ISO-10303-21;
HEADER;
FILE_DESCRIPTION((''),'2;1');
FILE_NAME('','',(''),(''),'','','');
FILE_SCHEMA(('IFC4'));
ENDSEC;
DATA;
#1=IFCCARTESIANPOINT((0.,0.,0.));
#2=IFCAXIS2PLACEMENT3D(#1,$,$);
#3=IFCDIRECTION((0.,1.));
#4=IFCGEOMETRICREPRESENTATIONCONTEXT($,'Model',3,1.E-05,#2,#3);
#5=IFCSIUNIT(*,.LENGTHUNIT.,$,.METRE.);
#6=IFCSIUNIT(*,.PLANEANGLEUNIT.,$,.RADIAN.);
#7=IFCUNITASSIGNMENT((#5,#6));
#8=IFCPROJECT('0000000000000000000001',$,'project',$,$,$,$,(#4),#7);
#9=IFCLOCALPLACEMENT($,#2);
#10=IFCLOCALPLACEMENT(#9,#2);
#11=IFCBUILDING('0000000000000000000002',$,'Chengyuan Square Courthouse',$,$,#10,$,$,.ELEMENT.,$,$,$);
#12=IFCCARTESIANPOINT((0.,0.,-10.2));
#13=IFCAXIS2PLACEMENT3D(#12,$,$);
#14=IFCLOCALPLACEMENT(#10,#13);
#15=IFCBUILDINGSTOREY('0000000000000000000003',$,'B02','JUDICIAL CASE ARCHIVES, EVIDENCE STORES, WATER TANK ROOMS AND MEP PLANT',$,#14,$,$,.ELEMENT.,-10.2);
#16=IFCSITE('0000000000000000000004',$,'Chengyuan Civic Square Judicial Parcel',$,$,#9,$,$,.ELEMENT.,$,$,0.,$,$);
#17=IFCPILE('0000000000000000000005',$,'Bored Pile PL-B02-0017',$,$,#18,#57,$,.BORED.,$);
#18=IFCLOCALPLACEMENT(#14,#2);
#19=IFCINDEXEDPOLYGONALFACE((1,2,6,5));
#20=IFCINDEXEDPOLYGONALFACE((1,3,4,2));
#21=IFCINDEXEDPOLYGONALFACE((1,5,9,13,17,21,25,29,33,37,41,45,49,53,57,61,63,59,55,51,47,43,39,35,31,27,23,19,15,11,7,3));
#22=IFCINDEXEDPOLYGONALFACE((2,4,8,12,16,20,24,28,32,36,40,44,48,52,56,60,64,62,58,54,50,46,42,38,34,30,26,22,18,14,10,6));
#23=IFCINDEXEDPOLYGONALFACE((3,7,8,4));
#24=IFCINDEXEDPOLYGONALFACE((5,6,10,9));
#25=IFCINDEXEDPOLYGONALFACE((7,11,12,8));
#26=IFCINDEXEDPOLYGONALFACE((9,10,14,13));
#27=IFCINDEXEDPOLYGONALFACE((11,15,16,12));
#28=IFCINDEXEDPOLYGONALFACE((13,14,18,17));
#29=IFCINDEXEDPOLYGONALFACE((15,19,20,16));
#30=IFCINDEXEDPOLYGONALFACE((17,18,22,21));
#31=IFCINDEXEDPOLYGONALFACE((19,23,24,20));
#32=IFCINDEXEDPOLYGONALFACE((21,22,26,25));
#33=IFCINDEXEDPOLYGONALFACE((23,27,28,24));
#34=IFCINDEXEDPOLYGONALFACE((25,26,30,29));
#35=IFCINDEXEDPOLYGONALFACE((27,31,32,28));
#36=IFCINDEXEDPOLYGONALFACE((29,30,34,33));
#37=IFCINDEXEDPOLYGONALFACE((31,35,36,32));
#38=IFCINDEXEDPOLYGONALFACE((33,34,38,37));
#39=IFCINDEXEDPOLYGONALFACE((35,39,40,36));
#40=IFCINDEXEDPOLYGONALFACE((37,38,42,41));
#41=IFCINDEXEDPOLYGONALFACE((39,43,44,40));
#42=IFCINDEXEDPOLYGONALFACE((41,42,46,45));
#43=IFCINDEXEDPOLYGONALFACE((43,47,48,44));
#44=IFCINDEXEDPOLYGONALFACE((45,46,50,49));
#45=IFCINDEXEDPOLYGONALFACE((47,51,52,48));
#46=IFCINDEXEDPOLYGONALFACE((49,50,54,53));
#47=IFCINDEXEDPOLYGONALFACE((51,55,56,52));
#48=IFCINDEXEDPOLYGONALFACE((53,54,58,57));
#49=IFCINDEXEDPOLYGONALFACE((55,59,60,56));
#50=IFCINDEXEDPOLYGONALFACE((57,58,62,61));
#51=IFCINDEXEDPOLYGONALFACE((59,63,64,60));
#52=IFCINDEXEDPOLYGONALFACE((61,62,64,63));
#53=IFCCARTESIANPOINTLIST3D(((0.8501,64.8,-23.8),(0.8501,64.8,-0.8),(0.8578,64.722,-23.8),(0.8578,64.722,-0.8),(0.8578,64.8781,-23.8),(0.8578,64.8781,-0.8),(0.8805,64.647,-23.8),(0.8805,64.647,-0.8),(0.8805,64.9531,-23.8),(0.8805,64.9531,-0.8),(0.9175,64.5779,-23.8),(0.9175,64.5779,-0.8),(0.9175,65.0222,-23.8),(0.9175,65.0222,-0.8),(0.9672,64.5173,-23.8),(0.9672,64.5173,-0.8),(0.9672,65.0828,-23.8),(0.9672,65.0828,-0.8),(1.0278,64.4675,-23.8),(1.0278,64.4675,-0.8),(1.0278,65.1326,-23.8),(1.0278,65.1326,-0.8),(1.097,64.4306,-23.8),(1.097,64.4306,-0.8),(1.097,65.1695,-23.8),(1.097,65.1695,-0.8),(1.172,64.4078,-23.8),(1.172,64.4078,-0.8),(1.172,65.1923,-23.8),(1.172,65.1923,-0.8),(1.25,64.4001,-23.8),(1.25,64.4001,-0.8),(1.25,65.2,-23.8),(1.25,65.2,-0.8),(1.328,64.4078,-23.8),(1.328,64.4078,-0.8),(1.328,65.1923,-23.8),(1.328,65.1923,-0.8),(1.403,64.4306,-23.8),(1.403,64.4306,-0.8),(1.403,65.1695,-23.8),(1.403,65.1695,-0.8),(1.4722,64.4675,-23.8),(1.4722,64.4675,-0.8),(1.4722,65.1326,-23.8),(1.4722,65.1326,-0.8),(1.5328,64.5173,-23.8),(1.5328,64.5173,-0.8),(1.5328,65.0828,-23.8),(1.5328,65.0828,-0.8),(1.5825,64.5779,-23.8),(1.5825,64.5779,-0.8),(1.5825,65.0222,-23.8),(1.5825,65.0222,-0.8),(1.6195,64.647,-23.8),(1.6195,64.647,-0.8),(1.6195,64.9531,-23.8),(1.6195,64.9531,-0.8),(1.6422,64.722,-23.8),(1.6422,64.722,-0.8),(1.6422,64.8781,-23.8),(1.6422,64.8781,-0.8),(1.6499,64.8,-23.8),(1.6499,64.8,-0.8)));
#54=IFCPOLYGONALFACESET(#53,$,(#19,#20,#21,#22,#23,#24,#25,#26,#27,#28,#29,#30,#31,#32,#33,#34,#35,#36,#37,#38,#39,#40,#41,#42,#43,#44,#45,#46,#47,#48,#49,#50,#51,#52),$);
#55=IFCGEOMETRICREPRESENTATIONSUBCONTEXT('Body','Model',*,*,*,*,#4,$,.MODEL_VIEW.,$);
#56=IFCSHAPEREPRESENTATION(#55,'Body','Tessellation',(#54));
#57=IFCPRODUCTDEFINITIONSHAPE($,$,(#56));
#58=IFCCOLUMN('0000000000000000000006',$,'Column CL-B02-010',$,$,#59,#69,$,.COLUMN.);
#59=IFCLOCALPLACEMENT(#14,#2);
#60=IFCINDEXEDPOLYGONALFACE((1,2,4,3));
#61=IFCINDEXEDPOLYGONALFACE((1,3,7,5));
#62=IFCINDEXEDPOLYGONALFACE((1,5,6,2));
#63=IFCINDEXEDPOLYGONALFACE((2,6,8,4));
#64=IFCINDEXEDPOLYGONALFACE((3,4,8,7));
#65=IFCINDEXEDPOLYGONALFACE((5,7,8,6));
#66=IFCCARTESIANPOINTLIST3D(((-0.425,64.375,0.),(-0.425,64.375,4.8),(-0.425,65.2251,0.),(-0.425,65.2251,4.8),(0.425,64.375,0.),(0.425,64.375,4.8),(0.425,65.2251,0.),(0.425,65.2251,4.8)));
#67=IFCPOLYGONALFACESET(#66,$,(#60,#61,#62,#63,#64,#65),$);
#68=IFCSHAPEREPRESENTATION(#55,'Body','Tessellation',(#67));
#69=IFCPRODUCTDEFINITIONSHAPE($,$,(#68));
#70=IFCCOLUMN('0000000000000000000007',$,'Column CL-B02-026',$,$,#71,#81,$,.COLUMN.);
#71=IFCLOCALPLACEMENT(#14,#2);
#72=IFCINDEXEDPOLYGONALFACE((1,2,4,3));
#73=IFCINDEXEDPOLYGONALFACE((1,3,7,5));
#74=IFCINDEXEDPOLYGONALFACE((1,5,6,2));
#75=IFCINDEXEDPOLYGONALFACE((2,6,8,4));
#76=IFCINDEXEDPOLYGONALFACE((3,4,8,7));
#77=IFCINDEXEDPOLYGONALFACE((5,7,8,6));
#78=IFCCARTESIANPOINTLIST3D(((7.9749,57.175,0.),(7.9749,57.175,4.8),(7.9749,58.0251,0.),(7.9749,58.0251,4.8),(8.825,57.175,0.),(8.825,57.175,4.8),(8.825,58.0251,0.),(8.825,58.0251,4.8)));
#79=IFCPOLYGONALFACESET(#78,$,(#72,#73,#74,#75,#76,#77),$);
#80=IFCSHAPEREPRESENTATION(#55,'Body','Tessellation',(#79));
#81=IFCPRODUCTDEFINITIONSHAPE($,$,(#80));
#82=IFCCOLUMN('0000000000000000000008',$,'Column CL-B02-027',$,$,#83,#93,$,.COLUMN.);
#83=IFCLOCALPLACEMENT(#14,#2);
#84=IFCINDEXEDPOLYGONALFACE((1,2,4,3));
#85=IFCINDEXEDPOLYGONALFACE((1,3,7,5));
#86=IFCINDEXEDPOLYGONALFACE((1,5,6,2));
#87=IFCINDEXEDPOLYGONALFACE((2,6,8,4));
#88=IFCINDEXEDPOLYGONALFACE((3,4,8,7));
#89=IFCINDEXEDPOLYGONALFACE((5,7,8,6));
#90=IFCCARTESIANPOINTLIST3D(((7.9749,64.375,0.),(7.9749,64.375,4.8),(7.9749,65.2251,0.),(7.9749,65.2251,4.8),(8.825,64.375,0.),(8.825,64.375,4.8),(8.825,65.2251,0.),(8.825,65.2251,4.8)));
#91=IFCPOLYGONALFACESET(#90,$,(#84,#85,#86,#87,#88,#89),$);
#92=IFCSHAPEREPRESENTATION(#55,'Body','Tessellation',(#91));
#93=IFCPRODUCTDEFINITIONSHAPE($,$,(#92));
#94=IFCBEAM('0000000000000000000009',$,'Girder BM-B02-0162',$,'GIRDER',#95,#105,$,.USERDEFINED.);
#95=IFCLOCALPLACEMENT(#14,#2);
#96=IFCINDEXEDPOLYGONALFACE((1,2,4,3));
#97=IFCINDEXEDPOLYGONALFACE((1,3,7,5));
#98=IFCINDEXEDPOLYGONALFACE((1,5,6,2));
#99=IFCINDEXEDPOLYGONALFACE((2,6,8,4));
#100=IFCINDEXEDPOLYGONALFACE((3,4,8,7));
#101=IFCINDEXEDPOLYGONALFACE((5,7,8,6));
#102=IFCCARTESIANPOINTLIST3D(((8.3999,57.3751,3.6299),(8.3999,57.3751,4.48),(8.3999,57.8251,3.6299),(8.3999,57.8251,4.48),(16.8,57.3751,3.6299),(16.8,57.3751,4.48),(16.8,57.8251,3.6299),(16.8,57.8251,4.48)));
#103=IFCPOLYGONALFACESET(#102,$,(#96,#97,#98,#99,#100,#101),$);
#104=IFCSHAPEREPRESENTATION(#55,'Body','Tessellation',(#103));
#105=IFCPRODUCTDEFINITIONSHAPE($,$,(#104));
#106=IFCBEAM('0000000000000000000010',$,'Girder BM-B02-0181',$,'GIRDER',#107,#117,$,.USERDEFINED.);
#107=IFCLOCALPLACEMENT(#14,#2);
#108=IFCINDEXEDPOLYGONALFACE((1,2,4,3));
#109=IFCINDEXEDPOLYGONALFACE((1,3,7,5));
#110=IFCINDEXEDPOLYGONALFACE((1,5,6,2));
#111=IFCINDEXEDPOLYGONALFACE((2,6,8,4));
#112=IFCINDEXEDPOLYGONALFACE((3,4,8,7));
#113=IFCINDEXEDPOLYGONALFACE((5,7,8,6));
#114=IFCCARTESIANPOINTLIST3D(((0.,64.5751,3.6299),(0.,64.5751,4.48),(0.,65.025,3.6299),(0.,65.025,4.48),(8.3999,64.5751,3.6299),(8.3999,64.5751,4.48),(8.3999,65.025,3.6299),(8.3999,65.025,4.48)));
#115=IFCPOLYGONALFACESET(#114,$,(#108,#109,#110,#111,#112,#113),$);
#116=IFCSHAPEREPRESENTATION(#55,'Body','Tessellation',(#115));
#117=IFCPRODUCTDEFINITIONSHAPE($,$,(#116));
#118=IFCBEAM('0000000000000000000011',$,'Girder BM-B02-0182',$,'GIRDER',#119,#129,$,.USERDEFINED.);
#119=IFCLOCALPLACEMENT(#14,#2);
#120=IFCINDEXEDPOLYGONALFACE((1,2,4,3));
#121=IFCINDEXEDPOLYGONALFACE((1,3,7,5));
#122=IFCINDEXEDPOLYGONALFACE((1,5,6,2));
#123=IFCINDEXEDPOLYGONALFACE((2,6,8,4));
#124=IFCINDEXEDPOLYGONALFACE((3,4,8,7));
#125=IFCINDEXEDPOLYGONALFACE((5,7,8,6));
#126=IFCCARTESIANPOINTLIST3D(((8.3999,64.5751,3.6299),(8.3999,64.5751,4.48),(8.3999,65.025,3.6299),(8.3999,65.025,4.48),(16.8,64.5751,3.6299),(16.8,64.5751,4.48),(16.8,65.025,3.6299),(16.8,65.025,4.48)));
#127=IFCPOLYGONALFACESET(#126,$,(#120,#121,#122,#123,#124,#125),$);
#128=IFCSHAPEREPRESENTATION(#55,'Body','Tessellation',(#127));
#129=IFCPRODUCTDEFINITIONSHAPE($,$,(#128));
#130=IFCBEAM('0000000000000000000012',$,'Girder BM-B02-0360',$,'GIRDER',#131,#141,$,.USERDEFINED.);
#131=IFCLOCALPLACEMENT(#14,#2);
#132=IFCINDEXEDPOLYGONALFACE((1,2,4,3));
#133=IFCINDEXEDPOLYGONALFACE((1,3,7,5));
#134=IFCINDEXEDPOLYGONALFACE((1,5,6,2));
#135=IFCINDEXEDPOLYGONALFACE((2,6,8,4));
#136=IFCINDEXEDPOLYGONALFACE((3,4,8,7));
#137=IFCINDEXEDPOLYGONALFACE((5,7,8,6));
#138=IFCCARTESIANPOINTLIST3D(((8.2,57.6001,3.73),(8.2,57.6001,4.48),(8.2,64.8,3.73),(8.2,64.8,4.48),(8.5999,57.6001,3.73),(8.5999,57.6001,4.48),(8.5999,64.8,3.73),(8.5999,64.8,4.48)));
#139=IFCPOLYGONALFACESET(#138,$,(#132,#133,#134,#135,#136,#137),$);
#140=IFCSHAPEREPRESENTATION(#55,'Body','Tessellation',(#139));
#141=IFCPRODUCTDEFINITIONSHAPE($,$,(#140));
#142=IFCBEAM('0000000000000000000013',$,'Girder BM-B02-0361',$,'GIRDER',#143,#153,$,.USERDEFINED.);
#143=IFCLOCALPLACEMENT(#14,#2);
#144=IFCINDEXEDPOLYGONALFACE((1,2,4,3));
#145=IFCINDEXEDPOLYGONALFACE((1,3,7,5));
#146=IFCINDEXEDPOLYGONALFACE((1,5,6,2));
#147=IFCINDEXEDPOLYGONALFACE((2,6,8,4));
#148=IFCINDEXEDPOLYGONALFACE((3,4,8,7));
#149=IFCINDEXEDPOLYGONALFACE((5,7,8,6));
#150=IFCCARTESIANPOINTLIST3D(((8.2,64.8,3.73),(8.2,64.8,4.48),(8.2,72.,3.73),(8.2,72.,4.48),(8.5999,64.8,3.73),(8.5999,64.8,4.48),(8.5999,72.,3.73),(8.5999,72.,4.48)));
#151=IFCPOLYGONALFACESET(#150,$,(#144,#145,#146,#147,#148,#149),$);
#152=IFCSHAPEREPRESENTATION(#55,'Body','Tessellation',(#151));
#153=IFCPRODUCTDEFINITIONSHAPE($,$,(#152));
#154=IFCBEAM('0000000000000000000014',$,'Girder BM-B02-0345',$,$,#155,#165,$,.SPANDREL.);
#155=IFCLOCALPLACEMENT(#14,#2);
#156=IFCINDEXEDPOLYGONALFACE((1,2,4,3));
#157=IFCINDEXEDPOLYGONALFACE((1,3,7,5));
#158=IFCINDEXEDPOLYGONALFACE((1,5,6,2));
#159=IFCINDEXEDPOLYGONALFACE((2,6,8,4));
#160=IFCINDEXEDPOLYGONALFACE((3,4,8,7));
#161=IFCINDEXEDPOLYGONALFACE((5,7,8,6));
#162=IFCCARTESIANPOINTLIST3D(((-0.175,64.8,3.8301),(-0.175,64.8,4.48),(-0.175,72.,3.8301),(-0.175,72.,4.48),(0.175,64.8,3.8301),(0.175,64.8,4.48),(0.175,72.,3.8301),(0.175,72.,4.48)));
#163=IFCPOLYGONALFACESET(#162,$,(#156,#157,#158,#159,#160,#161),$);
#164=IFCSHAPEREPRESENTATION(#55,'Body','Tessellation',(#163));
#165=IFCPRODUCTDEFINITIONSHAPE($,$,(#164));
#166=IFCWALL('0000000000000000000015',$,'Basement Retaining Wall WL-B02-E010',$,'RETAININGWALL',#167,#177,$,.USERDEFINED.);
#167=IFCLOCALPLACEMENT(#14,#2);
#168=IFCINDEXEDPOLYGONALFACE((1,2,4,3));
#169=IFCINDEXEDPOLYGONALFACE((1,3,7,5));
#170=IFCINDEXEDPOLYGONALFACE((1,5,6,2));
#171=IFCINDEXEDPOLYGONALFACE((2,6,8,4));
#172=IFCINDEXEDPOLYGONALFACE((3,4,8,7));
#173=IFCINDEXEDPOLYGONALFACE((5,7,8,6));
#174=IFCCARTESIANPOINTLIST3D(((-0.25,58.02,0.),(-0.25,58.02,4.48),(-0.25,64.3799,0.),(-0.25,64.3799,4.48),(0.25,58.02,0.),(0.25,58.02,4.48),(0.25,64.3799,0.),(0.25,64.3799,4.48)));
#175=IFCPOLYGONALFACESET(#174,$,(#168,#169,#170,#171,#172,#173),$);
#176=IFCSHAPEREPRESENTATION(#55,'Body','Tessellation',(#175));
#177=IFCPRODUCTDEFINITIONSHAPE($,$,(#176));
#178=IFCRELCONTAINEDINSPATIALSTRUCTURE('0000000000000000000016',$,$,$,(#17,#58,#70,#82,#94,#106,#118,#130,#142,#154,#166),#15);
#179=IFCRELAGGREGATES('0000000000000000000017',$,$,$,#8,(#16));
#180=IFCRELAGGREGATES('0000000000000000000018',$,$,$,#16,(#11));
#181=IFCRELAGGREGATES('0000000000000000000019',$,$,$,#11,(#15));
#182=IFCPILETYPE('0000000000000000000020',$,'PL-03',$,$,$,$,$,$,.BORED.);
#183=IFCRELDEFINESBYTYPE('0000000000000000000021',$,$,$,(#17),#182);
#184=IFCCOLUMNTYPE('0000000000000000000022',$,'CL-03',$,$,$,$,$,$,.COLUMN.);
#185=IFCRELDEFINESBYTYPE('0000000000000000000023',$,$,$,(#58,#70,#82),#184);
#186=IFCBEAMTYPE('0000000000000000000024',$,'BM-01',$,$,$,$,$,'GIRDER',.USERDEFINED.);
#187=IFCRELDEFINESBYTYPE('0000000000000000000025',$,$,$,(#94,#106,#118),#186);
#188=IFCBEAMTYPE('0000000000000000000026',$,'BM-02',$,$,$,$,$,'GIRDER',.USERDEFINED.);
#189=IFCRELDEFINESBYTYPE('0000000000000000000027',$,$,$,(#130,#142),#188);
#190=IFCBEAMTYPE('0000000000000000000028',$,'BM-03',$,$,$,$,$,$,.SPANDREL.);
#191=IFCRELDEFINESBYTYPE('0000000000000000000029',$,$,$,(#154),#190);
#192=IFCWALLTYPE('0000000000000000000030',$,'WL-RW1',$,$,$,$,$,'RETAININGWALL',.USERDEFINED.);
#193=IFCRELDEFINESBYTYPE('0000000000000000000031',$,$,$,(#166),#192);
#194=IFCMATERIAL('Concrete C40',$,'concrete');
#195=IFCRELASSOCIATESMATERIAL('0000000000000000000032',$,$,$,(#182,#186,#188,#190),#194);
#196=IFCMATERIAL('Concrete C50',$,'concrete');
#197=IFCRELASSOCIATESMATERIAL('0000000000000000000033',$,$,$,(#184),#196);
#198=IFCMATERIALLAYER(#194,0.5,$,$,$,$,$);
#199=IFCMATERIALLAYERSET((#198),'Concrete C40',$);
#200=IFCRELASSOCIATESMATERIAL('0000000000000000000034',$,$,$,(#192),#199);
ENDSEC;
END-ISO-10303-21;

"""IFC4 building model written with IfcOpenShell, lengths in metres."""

from ifc_helpers import new_model, si_unit, direction, frame, frame_2d, origin, origin_2d, place, context, subcontext, project, spatial, rectangle, circle, extrude, material, layer, layer_set, material_profile, profile_set, type_object, element, save


model = new_model("IFC4")

# Units and contexts
model_context = context("Model", 3, precision=1e-05, world=origin(), true_north=direction((0.0, 1.0)))
body_context = subcontext(model_context, "Body", "Model", "MODEL_VIEW")
ifc_project = project(units=[si_unit("LENGTHUNIT", "METRE"), si_unit("PLANEANGLEUNIT", "RADIAN")], contexts=[model_context])

# Site, building, storey
site_placement = place(None, origin())
site = spatial("IfcSite", under=ifc_project, at=site_placement, Name="Chengyuan Civic Square Judicial Parcel", CompositionType="ELEMENT", RefElevation=0.0)
building_placement = place(site_placement, origin())
building = spatial("IfcBuilding", under=site, at=building_placement, Name="Chengyuan Square Courthouse", CompositionType="ELEMENT")
storey_placement = place(building_placement, frame((0.0, 0.0, -10.2)))
storey = spatial("IfcBuildingStorey", under=building, at=storey_placement, Name="B02", Description="JUDICIAL CASE ARCHIVES, EVIDENCE STORES, WATER TANK ROOMS AND MEP PLANT", CompositionType="ELEMENT", Elevation=-10.2)

# Shared definitions
ifc_material_1 = material(Name="Concrete C40", Category="concrete")

# Pile
ifc_material_profile_1 = material_profile(ifc_material_1, circle(Radius=0.3999, at=origin_2d()), Name="BORED PILE D800")
ifc_profile_set_1 = profile_set([ifc_material_profile_1], Name="Concrete C40")
pile_type_1 = type_object("IfcPileType", Name="PL-03", PredefinedType="BORED", material=ifc_profile_set_1)
for number, where, z_axis, x_axis, name in (
    (1, (1.25, 64.8, -0.8), (0.0, 0.0, -1.0), (1.0, 0.0, 0.0), "Bored Pile PL-B02-0017"),
):
    element("IfcPile", number, at=place(storey_placement, frame(where, z_axis=z_axis, x_axis=x_axis)), inside=storey, type_object=pile_type_1, Name=name, PredefinedType="BORED", context=body_context, shape_type="SweptSolid", body=[
        extrude(circle(Radius=0.3999, at=origin_2d()), origin(), (0.0, 0.0, 1.0), 23.0),
    ])

# Columns
ifc_material_2 = material(Name="Concrete C50", Category="concrete")
ifc_material_profile_2 = material_profile(ifc_material_2, rectangle(XDim=0.8501, YDim=0.8501, at=origin_2d()), Name="RC-COL-850x850")
ifc_profile_set_2 = profile_set([ifc_material_profile_2], Name="Concrete C50")
column_type = type_object("IfcColumnType", Name="CL-03", PredefinedType="COLUMN", material=ifc_profile_set_2)
for number, where, z_axis, x_axis, name in (
    (2, (0.0, 64.8, 0.0), (0.0, 0.0, 1.0), (1.0, 0.0, 0.0), "Column CL-B02-010"),
    (3, (8.3999, 57.6001, 0.0), (0.0, 0.0, 1.0), (1.0, 0.0, 0.0), "Column CL-B02-026"),
    (4, (8.3999, 64.8, 0.0), (0.0, 0.0, 1.0), (1.0, 0.0, 0.0), "Column CL-B02-027"),
):
    element("IfcColumn", number, at=place(storey_placement, frame(where, z_axis=z_axis, x_axis=x_axis)), inside=storey, type_object=column_type, Name=name, PredefinedType="COLUMN", context=body_context, shape_type="SweptSolid", body=[
        extrude(rectangle(XDim=0.8501, YDim=0.8501, at=origin_2d()), origin(), (0.0, 0.0, 1.0), 4.8),
    ])

# Beams
ifc_material_profile_3 = material_profile(ifc_material_1, rectangle(XDim=0.45, YDim=0.8501, at=origin_2d()), Name="RC-BM-450x850")
ifc_profile_set_3 = profile_set([ifc_material_profile_3], Name="Concrete C40")
beam_type_1 = type_object("IfcBeamType", Name="BM-01", ElementType="GIRDER", PredefinedType="USERDEFINED", material=ifc_profile_set_3)
beam_1_placement = place(storey_placement, frame((8.3999, 57.6001, 4.0549), z_axis=(1.0, 0.0, 0.0), x_axis=(0.0, 1.0, 0.0)))
element("IfcBeam", 5, at=beam_1_placement, inside=storey, type_object=beam_type_1, Name="Girder BM-B02-0162", ObjectType="GIRDER", PredefinedType="USERDEFINED", context=body_context, shape_type="SweptSolid", body=[
    extrude(rectangle(XDim=0.45, YDim=0.8501, at=origin_2d()), origin(), (0.0, 0.0, 1.0), 8.4001),
])
beam_2_placement = place(storey_placement, frame((0.0, 64.8, 4.0549), z_axis=(1.0, 0.0, 0.0), x_axis=(0.0, 1.0, 0.0)))
element("IfcBeam", 6, at=beam_2_placement, inside=storey, type_object=beam_type_1, Name="Girder BM-B02-0181", ObjectType="GIRDER", PredefinedType="USERDEFINED", context=body_context, shape_type="SweptSolid", body=[
    extrude(rectangle(XDim=0.45, YDim=0.8501, at=origin_2d()), origin(), (0.0, 0.0, 1.0), 8.3999),
])
beam_3_placement = place(storey_placement, frame((8.3999, 64.8, 4.0549), z_axis=(1.0, 0.0, 0.0), x_axis=(0.0, 1.0, 0.0)))
element("IfcBeam", 7, at=beam_3_placement, inside=storey, type_object=beam_type_1, Name="Girder BM-B02-0182", ObjectType="GIRDER", PredefinedType="USERDEFINED", context=body_context, shape_type="SweptSolid", body=[
    extrude(rectangle(XDim=0.45, YDim=0.8501, at=origin_2d()), origin(), (0.0, 0.0, 1.0), 8.4001),
])
ifc_material_profile_4 = material_profile(ifc_material_1, rectangle(XDim=0.3999, YDim=0.75, at=origin_2d()), Name="RC-BM-400x750")
ifc_profile_set_4 = profile_set([ifc_material_profile_4], Name="Concrete C40")
beam_type_2 = type_object("IfcBeamType", Name="BM-02", ElementType="GIRDER", PredefinedType="USERDEFINED", material=ifc_profile_set_4)
for number, where, z_axis, x_axis, name in (
    (8, (8.3999, 57.6001, 4.105), (0.0, 1.0, 0.0), (-1.0, 0.0, 0.0), "Girder BM-B02-0360"),
    (9, (8.3999, 64.8, 4.105), (0.0, 1.0, 0.0), (-1.0, 0.0, 0.0), "Girder BM-B02-0361"),
):
    element("IfcBeam", number, at=place(storey_placement, frame(where, z_axis=z_axis, x_axis=x_axis)), inside=storey, type_object=beam_type_2, Name=name, ObjectType="GIRDER", PredefinedType="USERDEFINED", context=body_context, shape_type="SweptSolid", body=[
        extrude(rectangle(XDim=0.3999, YDim=0.75, at=origin_2d()), origin(), (0.0, 0.0, 1.0), 7.2),
    ])
ifc_material_profile_5 = material_profile(ifc_material_1, rectangle(XDim=0.3501, YDim=0.6499, at=origin_2d()), Name="RC-BM-350x650")
ifc_profile_set_5 = profile_set([ifc_material_profile_5], Name="Concrete C40")
beam_type_3 = type_object("IfcBeamType", Name="BM-03", PredefinedType="SPANDREL", material=ifc_profile_set_5)
beam_4_placement = place(storey_placement, frame((0.0, 64.8, 4.155), z_axis=(0.0, 1.0, 0.0), x_axis=(-1.0, 0.0, 0.0)))
element("IfcBeam", 10, at=beam_4_placement, inside=storey, type_object=beam_type_3, Name="Girder BM-B02-0345", PredefinedType="SPANDREL", context=body_context, shape_type="SweptSolid", body=[
    extrude(rectangle(XDim=0.3501, YDim=0.6499, at=origin_2d()), origin(), (0.0, 0.0, 1.0), 7.2),
])

# Wall
ifc_layer = layer(ifc_material_1, 0.5)
ifc_layer_set = layer_set([ifc_layer], Name="Concrete C40")
wall_type = type_object("IfcWallType", Name="WL-RW1", ElementType="RETAININGWALL", PredefinedType="USERDEFINED", material=ifc_layer_set)
wall_placement = place(storey_placement, frame((0.0, 58.02, 0.0), z_axis=(0.0, 0.0, 1.0), x_axis=(0.0, 1.0, 0.0)))
element("IfcWall", 11, at=wall_placement, inside=storey, type_object=wall_type, Name="Basement Retaining Wall WL-B02-E010", ObjectType="RETAININGWALL", PredefinedType="USERDEFINED", context=body_context, shape_type="SweptSolid", body=[
    extrude(rectangle(XDim=6.3599, YDim=0.5, at=frame_2d((3.1799, 0.0))), origin(), (0.0, 0.0, 1.0), 4.48),
])

save(model, "model.ifc")
